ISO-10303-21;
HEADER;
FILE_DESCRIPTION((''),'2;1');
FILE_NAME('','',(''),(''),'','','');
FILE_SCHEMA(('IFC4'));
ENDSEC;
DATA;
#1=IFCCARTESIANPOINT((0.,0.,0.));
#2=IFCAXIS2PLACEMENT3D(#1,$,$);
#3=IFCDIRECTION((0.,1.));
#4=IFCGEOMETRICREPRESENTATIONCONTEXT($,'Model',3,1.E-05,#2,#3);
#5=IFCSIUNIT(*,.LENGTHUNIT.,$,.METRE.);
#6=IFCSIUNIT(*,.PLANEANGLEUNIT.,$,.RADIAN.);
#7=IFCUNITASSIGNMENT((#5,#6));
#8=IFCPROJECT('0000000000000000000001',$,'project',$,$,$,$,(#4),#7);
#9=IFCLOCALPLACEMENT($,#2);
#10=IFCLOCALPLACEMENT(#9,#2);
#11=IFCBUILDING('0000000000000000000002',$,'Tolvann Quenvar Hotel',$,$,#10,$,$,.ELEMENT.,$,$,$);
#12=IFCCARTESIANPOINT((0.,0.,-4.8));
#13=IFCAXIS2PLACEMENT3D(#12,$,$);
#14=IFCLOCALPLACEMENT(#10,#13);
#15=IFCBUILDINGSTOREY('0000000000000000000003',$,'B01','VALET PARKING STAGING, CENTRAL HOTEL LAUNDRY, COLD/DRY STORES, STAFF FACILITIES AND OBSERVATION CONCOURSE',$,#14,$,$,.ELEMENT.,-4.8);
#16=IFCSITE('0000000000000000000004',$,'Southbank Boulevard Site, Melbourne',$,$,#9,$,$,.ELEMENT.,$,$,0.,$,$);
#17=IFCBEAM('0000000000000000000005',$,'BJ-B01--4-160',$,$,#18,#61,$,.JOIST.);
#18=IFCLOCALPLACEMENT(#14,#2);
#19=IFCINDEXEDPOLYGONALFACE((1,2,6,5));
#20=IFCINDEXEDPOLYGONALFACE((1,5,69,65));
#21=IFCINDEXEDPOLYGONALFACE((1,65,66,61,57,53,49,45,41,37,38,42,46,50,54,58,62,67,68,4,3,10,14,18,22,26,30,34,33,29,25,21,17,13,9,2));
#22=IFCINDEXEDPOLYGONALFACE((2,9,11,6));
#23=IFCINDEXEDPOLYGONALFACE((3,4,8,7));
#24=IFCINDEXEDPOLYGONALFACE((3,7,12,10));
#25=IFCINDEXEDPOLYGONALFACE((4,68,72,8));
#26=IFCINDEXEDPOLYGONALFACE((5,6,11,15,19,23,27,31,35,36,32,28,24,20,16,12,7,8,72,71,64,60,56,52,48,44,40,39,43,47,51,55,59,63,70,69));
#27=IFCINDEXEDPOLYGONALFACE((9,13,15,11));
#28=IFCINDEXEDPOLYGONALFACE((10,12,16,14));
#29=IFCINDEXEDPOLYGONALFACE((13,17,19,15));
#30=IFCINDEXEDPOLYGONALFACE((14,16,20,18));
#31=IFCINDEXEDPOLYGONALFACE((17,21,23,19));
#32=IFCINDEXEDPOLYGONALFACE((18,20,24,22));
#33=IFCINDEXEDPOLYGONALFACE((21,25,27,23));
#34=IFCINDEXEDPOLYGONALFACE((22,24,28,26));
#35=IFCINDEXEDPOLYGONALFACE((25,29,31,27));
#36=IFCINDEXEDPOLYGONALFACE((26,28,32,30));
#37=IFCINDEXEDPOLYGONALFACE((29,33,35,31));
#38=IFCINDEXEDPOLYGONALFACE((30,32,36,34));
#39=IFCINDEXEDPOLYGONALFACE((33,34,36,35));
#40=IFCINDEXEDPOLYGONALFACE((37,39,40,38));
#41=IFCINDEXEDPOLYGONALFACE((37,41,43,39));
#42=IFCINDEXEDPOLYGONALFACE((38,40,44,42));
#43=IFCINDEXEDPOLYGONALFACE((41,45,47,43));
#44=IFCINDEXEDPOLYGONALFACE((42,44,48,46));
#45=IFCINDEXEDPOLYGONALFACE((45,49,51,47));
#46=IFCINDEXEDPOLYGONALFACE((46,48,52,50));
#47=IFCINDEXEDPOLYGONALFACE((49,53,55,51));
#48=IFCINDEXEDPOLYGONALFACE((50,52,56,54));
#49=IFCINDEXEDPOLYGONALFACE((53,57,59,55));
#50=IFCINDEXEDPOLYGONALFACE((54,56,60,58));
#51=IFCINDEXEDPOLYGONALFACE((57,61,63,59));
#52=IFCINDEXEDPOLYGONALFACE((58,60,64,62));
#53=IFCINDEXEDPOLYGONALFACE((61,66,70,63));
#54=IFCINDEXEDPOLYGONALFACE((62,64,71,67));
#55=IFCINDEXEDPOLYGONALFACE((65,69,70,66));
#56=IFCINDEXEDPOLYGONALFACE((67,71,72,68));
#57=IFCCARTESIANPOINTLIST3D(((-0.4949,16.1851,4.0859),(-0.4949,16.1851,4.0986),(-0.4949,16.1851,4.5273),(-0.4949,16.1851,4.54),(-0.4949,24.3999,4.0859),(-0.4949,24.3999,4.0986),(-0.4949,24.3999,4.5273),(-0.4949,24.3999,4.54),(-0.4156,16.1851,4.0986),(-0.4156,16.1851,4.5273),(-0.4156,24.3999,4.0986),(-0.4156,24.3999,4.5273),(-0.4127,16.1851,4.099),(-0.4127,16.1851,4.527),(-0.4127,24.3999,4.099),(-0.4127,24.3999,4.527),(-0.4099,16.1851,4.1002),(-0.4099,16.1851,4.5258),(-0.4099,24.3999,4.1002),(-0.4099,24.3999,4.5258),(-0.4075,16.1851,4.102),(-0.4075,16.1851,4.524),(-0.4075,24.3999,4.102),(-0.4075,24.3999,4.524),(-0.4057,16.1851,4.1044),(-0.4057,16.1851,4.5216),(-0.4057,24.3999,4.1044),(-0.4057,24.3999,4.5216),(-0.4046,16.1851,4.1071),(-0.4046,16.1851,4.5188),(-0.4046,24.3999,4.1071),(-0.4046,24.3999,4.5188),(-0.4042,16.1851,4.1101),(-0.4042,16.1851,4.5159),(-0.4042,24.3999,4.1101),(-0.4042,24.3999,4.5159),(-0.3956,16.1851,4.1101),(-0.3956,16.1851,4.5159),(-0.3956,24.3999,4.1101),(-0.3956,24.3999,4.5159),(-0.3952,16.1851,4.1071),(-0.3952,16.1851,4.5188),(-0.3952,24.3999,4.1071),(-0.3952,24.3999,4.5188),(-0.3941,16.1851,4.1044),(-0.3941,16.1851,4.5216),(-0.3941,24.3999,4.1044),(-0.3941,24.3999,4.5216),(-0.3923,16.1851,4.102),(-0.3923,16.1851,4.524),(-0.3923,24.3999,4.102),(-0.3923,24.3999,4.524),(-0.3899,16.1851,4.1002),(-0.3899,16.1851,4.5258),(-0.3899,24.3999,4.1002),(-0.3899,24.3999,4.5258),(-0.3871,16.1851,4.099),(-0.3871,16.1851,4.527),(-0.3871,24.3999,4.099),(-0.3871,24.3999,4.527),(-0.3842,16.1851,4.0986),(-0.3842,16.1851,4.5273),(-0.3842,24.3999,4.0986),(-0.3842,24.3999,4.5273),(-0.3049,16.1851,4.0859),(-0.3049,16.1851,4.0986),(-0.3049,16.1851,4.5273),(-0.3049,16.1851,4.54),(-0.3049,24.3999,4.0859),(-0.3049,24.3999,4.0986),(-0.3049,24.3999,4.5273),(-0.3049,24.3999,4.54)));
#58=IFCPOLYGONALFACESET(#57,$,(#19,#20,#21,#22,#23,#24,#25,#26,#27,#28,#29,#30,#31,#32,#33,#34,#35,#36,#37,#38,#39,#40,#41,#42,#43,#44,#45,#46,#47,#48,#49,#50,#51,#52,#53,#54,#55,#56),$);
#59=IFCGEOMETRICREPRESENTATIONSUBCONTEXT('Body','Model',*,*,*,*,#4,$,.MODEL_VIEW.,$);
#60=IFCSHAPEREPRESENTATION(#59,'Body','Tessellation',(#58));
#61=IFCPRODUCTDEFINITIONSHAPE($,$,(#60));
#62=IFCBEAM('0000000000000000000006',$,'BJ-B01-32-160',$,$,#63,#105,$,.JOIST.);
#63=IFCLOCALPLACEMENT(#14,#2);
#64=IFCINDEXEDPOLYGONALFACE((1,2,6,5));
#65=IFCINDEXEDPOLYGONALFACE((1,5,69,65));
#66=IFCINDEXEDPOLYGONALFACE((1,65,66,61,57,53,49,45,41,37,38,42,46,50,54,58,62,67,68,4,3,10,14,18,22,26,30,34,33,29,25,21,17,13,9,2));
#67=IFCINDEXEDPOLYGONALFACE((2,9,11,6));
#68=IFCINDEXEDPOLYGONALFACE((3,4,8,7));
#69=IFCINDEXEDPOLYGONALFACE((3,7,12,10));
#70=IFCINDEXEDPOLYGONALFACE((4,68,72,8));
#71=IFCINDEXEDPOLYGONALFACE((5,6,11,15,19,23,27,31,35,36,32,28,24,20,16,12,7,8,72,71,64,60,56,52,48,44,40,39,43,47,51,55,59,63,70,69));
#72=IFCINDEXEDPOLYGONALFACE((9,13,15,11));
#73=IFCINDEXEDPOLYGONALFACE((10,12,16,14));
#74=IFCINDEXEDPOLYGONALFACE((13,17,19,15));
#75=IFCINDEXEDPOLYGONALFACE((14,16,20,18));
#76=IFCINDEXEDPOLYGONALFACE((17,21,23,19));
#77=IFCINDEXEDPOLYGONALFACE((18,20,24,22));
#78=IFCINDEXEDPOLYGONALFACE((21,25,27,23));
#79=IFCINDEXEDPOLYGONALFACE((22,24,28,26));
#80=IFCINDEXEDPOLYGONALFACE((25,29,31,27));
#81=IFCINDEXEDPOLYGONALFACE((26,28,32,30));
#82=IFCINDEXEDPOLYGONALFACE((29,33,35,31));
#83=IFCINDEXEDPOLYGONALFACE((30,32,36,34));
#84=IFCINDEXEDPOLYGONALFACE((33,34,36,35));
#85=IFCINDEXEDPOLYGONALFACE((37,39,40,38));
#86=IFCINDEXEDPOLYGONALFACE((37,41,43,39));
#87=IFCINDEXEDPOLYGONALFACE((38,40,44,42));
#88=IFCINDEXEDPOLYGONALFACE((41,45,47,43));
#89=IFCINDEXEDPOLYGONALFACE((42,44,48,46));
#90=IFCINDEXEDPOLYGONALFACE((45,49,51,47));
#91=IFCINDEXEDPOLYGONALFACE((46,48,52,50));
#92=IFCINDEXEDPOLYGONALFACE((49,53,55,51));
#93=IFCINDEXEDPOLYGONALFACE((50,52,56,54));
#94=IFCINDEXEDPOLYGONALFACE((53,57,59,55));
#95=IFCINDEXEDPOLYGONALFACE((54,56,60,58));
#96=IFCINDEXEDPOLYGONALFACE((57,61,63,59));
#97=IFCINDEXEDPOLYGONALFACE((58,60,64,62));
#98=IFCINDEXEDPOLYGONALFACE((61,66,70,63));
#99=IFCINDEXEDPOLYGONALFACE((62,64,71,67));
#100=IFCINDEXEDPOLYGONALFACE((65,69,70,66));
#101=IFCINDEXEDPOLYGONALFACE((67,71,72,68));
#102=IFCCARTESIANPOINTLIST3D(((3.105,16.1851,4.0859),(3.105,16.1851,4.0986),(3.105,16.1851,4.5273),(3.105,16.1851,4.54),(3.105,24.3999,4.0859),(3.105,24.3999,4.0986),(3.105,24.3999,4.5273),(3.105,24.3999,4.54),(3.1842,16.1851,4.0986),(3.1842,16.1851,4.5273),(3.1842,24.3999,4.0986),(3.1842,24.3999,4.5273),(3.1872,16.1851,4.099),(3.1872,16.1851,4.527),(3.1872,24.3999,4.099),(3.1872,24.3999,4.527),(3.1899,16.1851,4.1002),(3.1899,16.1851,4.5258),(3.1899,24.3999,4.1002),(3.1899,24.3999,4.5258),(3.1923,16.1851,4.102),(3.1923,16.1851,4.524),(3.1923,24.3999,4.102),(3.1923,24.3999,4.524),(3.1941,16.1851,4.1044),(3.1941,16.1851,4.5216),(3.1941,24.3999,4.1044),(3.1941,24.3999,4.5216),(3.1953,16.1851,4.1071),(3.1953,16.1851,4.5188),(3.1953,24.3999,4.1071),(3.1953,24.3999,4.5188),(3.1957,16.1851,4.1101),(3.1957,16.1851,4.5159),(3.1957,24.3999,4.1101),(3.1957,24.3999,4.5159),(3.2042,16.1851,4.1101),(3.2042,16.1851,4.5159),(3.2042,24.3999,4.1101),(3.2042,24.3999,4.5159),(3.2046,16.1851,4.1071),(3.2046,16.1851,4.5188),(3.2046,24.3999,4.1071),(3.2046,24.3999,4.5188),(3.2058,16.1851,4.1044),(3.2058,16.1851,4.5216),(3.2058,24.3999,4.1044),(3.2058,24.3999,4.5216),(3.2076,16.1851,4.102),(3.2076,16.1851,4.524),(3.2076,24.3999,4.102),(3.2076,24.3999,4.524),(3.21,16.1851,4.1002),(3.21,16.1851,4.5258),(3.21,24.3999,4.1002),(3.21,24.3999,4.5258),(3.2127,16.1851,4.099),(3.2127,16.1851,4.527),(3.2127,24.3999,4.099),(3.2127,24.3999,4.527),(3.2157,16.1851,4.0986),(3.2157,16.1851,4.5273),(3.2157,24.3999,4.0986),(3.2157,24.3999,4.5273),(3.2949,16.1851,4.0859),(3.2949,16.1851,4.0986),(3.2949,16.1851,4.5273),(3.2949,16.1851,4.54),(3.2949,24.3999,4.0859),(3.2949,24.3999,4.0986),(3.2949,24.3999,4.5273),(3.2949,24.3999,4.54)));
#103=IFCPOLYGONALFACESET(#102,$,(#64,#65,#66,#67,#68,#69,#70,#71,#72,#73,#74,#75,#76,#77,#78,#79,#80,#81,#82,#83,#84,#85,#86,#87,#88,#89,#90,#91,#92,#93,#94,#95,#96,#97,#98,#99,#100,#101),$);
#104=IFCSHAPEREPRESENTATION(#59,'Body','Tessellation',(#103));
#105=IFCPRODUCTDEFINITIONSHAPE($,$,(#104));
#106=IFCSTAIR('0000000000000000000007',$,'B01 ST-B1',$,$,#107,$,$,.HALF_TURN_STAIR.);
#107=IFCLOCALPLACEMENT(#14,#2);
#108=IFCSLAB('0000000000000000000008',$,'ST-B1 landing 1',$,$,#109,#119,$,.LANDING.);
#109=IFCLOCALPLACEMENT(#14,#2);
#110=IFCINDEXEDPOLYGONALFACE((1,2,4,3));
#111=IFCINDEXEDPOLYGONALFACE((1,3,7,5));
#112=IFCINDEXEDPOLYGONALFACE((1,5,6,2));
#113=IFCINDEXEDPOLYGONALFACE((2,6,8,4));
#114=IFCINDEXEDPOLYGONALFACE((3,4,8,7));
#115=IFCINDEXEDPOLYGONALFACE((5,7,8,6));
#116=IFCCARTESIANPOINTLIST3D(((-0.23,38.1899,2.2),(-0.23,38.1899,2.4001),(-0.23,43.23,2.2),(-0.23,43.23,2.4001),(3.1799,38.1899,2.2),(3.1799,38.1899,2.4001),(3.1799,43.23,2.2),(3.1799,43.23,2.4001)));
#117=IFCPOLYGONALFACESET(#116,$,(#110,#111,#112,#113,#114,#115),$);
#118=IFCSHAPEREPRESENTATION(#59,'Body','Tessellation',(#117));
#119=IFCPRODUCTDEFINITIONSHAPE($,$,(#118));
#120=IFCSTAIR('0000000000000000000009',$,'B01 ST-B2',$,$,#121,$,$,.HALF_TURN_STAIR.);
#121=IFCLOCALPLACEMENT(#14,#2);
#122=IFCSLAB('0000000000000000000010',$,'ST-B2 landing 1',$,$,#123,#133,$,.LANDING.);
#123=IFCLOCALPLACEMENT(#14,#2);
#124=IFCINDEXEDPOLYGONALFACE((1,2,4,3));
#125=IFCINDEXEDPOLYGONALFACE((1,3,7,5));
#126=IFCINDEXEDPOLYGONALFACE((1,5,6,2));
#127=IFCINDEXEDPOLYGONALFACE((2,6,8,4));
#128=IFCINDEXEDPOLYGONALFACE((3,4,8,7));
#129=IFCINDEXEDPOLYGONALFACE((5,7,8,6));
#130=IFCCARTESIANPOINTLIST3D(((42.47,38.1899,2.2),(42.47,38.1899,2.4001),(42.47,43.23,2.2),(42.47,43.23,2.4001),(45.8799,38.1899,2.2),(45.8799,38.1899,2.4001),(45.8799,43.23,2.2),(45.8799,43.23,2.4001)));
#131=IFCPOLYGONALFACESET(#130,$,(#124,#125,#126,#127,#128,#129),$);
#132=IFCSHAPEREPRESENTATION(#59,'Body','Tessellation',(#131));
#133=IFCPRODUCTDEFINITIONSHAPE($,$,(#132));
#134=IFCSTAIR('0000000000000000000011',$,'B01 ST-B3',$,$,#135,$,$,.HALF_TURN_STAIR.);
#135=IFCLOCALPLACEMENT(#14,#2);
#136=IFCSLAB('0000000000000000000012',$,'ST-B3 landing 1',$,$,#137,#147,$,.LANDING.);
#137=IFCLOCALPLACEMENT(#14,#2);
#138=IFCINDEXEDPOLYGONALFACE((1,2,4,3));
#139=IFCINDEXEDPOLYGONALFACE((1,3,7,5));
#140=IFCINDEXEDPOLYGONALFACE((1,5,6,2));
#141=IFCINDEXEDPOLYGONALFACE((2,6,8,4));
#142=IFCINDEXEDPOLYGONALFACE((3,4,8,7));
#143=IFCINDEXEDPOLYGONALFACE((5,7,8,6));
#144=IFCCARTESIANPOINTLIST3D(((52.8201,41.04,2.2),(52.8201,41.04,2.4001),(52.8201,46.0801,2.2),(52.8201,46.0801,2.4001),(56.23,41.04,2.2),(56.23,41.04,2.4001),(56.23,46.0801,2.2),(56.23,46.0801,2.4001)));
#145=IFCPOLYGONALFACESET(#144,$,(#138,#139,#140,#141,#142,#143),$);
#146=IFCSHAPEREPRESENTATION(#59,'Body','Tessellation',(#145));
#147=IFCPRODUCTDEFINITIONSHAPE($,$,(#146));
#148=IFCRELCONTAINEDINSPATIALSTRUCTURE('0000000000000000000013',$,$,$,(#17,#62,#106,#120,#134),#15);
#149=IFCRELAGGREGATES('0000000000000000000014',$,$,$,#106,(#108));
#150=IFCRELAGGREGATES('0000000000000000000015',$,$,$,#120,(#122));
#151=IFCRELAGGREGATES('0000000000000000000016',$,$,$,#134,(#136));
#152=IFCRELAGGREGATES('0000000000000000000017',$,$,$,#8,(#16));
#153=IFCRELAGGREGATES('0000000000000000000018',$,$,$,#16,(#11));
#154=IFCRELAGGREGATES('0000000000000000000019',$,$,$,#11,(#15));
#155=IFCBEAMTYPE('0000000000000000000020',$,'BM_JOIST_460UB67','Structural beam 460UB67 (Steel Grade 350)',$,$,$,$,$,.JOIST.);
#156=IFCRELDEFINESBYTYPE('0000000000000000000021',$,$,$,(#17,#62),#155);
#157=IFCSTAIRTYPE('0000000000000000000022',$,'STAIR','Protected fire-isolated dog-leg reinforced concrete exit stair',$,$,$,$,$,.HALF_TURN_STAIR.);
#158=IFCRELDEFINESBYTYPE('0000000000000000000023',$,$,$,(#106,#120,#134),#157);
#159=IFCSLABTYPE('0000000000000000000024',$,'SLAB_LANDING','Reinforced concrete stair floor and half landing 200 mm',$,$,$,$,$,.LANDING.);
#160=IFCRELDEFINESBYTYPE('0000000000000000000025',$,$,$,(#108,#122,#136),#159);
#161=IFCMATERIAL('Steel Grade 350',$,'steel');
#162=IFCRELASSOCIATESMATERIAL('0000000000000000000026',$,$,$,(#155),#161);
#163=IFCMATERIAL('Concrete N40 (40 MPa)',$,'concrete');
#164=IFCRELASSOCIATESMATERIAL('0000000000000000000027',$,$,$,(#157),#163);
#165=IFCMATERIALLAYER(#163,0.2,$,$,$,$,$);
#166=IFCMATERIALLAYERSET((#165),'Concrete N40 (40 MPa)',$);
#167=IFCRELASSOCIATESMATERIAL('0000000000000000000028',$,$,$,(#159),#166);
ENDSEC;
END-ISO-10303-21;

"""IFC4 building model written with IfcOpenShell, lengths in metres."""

from ifc_helpers import new_model, si_unit, direction, frame, origin, origin_2d, place, context, subcontext, project, spatial, polyline, i_section, outline, extrude, source, transform, mapped, material, layer, layer_set, material_profile, profile_set, type_object, element, aggregate, save


model = new_model("IFC4")

# Units and contexts
model_context = context("Model", 3, precision=1e-05, world=origin(), true_north=direction((0.0, 1.0)))
body_context = subcontext(model_context, "Body", "Model", "MODEL_VIEW")
ifc_project = project(units=[si_unit("LENGTHUNIT", "METRE"), si_unit("PLANEANGLEUNIT", "RADIAN")], contexts=[model_context])

# Site, building, storey
site_placement = place(None, origin())
site = spatial("IfcSite", under=ifc_project, at=site_placement, Name="Southbank Boulevard Site, Melbourne", CompositionType="ELEMENT", RefElevation=0.0)
building_placement = place(site_placement, origin())
building = spatial("IfcBuilding", under=site, at=building_placement, Name="Tolvann Quenvar Hotel", CompositionType="ELEMENT")
storey_placement = place(building_placement, frame((0.0, 0.0, -4.8)))
storey = spatial("IfcBuildingStorey", under=building, at=storey_placement, Name="B01", Description="VALET PARKING STAGING, CENTRAL HOTEL LAUNDRY, COLD/DRY STORES, STAFF FACILITIES AND OBSERVATION CONCOURSE", CompositionType="ELEMENT", Elevation=-4.8)

# Beams
ifc_material_1 = material(Name="Steel Grade 350", Category="steel")
ifc_material_profile_1 = material_profile(ifc_material_1, i_section(OverallWidth=0.1899, OverallDepth=0.4541, WebThickness=0.0085, FlangeThickness=0.0127, FilletRadius=0.0115, at=origin_2d()), Name="460UB67")
ifc_profile_set_1 = profile_set([ifc_material_profile_1], Name="Steel Grade 350")
beam_type_1 = type_object("IfcBeamType", Name="BM_JOIST_460UB67", Description="Structural beam 460UB67 (Steel Grade 350)", PredefinedType="JOIST", material=ifc_profile_set_1)
shared_shape_1 = source(origin(), body_context, "Body", "SweptSolid", [
    extrude(i_section(OverallWidth=0.1899, OverallDepth=0.4541, WebThickness=0.0085, FlangeThickness=0.0127, FilletRadius=0.0115, at=origin_2d()), origin(), (0.0, 0.0, 1.0), 8.2148),
])
for number, where, z_axis, x_axis, name in (
    (1, (-0.3999, 16.1851, 4.313), (0.0, 1.0, 0.0), (-1.0, 0.0, 0.0), "BJ-B01--4-160"),
    (2, (3.2, 16.1851, 4.313), (0.0, 1.0, 0.0), (-1.0, 0.0, 0.0), "BJ-B01-32-160"),
):
    element("IfcBeam", number, at=place(storey_placement, frame(where, z_axis=z_axis, x_axis=x_axis)), inside=storey, type_object=beam_type_1, Name=name, PredefinedType="JOIST", context=body_context, shape_type="MappedRepresentation", body=[
        mapped(shared_shape_1, transform((0.0, 0.0, 0.0), x_axis=(1.0, 0.0, 0.0), y_axis=(0.0, 1.0, 0.0), z_axis=(0.0, 0.0, 1.0), scale=1.0)),
    ])

# Stairs, slabs
ifc_material_2 = material(Name="Concrete N40 (40 MPa)", Category="concrete")
stair_type = type_object("IfcStairType", Name="STAIR", Description="Protected fire-isolated dog-leg reinforced concrete exit stair", PredefinedType="HALF_TURN_STAIR", material=ifc_material_2)
stair_1_placement = place(storey_placement, origin())
stair_1 = element("IfcStair", 3, at=stair_1_placement, inside=storey, type_object=stair_type, Name="B01 ST-B1", PredefinedType="HALF_TURN_STAIR")
ifc_layer_1 = layer(ifc_material_2, 0.2)
ifc_layer_set_1 = layer_set([ifc_layer_1], Name="Concrete N40 (40 MPa)")
slab_type_1 = type_object("IfcSlabType", Name="SLAB_LANDING", Description="Reinforced concrete stair floor and half landing 200 mm", PredefinedType="LANDING", material=ifc_layer_set_1)
slab_1_placement = place(storey_placement, frame((0.0, 0.0, 2.2)))
slab_1 = element("IfcSlab", 4, at=slab_1_placement, type_object=slab_type_1, Name="ST-B1 landing 1", PredefinedType="LANDING", context=body_context, shape_type="SweptSolid", body=[
    extrude(outline(polyline([(3.1799, 38.1899), (3.1799, 43.23), (-0.23, 43.23), (-0.23, 38.1899), (3.1799, 38.1899)])), origin(), (0.0, 0.0, 1.0), 0.2002),
])
aggregate(stair_1, [slab_1])
stair_2_placement = place(storey_placement, origin())
stair_2 = element("IfcStair", 5, at=stair_2_placement, inside=storey, type_object=stair_type, Name="B01 ST-B2", PredefinedType="HALF_TURN_STAIR")
slab_2_placement = place(storey_placement, frame((0.0, 0.0, 2.2)))
slab_2 = element("IfcSlab", 6, at=slab_2_placement, type_object=slab_type_1, Name="ST-B2 landing 1", PredefinedType="LANDING", context=body_context, shape_type="SweptSolid", body=[
    extrude(outline(polyline([(45.8799, 38.1899), (45.8799, 43.23), (42.47, 43.23), (42.47, 38.1899), (45.8799, 38.1899)])), origin(), (0.0, 0.0, 1.0), 0.2002),
])
aggregate(stair_2, [slab_2])
stair_3_placement = place(storey_placement, origin())
stair_3 = element("IfcStair", 7, at=stair_3_placement, inside=storey, type_object=stair_type, Name="B01 ST-B3", PredefinedType="HALF_TURN_STAIR")
slab_3_placement = place(storey_placement, frame((0.0, 0.0, 2.2)))
slab_3 = element("IfcSlab", 8, at=slab_3_placement, type_object=slab_type_1, Name="ST-B3 landing 1", PredefinedType="LANDING", context=body_context, shape_type="SweptSolid", body=[
    extrude(outline(polyline([(56.23, 41.04), (56.23, 46.0801), (52.8201, 46.0801), (52.8201, 41.04), (56.23, 41.04)])), origin(), (0.0, 0.0, 1.0), 0.2002),
])
aggregate(stair_3, [slab_3])

save(model, "model.ifc")
